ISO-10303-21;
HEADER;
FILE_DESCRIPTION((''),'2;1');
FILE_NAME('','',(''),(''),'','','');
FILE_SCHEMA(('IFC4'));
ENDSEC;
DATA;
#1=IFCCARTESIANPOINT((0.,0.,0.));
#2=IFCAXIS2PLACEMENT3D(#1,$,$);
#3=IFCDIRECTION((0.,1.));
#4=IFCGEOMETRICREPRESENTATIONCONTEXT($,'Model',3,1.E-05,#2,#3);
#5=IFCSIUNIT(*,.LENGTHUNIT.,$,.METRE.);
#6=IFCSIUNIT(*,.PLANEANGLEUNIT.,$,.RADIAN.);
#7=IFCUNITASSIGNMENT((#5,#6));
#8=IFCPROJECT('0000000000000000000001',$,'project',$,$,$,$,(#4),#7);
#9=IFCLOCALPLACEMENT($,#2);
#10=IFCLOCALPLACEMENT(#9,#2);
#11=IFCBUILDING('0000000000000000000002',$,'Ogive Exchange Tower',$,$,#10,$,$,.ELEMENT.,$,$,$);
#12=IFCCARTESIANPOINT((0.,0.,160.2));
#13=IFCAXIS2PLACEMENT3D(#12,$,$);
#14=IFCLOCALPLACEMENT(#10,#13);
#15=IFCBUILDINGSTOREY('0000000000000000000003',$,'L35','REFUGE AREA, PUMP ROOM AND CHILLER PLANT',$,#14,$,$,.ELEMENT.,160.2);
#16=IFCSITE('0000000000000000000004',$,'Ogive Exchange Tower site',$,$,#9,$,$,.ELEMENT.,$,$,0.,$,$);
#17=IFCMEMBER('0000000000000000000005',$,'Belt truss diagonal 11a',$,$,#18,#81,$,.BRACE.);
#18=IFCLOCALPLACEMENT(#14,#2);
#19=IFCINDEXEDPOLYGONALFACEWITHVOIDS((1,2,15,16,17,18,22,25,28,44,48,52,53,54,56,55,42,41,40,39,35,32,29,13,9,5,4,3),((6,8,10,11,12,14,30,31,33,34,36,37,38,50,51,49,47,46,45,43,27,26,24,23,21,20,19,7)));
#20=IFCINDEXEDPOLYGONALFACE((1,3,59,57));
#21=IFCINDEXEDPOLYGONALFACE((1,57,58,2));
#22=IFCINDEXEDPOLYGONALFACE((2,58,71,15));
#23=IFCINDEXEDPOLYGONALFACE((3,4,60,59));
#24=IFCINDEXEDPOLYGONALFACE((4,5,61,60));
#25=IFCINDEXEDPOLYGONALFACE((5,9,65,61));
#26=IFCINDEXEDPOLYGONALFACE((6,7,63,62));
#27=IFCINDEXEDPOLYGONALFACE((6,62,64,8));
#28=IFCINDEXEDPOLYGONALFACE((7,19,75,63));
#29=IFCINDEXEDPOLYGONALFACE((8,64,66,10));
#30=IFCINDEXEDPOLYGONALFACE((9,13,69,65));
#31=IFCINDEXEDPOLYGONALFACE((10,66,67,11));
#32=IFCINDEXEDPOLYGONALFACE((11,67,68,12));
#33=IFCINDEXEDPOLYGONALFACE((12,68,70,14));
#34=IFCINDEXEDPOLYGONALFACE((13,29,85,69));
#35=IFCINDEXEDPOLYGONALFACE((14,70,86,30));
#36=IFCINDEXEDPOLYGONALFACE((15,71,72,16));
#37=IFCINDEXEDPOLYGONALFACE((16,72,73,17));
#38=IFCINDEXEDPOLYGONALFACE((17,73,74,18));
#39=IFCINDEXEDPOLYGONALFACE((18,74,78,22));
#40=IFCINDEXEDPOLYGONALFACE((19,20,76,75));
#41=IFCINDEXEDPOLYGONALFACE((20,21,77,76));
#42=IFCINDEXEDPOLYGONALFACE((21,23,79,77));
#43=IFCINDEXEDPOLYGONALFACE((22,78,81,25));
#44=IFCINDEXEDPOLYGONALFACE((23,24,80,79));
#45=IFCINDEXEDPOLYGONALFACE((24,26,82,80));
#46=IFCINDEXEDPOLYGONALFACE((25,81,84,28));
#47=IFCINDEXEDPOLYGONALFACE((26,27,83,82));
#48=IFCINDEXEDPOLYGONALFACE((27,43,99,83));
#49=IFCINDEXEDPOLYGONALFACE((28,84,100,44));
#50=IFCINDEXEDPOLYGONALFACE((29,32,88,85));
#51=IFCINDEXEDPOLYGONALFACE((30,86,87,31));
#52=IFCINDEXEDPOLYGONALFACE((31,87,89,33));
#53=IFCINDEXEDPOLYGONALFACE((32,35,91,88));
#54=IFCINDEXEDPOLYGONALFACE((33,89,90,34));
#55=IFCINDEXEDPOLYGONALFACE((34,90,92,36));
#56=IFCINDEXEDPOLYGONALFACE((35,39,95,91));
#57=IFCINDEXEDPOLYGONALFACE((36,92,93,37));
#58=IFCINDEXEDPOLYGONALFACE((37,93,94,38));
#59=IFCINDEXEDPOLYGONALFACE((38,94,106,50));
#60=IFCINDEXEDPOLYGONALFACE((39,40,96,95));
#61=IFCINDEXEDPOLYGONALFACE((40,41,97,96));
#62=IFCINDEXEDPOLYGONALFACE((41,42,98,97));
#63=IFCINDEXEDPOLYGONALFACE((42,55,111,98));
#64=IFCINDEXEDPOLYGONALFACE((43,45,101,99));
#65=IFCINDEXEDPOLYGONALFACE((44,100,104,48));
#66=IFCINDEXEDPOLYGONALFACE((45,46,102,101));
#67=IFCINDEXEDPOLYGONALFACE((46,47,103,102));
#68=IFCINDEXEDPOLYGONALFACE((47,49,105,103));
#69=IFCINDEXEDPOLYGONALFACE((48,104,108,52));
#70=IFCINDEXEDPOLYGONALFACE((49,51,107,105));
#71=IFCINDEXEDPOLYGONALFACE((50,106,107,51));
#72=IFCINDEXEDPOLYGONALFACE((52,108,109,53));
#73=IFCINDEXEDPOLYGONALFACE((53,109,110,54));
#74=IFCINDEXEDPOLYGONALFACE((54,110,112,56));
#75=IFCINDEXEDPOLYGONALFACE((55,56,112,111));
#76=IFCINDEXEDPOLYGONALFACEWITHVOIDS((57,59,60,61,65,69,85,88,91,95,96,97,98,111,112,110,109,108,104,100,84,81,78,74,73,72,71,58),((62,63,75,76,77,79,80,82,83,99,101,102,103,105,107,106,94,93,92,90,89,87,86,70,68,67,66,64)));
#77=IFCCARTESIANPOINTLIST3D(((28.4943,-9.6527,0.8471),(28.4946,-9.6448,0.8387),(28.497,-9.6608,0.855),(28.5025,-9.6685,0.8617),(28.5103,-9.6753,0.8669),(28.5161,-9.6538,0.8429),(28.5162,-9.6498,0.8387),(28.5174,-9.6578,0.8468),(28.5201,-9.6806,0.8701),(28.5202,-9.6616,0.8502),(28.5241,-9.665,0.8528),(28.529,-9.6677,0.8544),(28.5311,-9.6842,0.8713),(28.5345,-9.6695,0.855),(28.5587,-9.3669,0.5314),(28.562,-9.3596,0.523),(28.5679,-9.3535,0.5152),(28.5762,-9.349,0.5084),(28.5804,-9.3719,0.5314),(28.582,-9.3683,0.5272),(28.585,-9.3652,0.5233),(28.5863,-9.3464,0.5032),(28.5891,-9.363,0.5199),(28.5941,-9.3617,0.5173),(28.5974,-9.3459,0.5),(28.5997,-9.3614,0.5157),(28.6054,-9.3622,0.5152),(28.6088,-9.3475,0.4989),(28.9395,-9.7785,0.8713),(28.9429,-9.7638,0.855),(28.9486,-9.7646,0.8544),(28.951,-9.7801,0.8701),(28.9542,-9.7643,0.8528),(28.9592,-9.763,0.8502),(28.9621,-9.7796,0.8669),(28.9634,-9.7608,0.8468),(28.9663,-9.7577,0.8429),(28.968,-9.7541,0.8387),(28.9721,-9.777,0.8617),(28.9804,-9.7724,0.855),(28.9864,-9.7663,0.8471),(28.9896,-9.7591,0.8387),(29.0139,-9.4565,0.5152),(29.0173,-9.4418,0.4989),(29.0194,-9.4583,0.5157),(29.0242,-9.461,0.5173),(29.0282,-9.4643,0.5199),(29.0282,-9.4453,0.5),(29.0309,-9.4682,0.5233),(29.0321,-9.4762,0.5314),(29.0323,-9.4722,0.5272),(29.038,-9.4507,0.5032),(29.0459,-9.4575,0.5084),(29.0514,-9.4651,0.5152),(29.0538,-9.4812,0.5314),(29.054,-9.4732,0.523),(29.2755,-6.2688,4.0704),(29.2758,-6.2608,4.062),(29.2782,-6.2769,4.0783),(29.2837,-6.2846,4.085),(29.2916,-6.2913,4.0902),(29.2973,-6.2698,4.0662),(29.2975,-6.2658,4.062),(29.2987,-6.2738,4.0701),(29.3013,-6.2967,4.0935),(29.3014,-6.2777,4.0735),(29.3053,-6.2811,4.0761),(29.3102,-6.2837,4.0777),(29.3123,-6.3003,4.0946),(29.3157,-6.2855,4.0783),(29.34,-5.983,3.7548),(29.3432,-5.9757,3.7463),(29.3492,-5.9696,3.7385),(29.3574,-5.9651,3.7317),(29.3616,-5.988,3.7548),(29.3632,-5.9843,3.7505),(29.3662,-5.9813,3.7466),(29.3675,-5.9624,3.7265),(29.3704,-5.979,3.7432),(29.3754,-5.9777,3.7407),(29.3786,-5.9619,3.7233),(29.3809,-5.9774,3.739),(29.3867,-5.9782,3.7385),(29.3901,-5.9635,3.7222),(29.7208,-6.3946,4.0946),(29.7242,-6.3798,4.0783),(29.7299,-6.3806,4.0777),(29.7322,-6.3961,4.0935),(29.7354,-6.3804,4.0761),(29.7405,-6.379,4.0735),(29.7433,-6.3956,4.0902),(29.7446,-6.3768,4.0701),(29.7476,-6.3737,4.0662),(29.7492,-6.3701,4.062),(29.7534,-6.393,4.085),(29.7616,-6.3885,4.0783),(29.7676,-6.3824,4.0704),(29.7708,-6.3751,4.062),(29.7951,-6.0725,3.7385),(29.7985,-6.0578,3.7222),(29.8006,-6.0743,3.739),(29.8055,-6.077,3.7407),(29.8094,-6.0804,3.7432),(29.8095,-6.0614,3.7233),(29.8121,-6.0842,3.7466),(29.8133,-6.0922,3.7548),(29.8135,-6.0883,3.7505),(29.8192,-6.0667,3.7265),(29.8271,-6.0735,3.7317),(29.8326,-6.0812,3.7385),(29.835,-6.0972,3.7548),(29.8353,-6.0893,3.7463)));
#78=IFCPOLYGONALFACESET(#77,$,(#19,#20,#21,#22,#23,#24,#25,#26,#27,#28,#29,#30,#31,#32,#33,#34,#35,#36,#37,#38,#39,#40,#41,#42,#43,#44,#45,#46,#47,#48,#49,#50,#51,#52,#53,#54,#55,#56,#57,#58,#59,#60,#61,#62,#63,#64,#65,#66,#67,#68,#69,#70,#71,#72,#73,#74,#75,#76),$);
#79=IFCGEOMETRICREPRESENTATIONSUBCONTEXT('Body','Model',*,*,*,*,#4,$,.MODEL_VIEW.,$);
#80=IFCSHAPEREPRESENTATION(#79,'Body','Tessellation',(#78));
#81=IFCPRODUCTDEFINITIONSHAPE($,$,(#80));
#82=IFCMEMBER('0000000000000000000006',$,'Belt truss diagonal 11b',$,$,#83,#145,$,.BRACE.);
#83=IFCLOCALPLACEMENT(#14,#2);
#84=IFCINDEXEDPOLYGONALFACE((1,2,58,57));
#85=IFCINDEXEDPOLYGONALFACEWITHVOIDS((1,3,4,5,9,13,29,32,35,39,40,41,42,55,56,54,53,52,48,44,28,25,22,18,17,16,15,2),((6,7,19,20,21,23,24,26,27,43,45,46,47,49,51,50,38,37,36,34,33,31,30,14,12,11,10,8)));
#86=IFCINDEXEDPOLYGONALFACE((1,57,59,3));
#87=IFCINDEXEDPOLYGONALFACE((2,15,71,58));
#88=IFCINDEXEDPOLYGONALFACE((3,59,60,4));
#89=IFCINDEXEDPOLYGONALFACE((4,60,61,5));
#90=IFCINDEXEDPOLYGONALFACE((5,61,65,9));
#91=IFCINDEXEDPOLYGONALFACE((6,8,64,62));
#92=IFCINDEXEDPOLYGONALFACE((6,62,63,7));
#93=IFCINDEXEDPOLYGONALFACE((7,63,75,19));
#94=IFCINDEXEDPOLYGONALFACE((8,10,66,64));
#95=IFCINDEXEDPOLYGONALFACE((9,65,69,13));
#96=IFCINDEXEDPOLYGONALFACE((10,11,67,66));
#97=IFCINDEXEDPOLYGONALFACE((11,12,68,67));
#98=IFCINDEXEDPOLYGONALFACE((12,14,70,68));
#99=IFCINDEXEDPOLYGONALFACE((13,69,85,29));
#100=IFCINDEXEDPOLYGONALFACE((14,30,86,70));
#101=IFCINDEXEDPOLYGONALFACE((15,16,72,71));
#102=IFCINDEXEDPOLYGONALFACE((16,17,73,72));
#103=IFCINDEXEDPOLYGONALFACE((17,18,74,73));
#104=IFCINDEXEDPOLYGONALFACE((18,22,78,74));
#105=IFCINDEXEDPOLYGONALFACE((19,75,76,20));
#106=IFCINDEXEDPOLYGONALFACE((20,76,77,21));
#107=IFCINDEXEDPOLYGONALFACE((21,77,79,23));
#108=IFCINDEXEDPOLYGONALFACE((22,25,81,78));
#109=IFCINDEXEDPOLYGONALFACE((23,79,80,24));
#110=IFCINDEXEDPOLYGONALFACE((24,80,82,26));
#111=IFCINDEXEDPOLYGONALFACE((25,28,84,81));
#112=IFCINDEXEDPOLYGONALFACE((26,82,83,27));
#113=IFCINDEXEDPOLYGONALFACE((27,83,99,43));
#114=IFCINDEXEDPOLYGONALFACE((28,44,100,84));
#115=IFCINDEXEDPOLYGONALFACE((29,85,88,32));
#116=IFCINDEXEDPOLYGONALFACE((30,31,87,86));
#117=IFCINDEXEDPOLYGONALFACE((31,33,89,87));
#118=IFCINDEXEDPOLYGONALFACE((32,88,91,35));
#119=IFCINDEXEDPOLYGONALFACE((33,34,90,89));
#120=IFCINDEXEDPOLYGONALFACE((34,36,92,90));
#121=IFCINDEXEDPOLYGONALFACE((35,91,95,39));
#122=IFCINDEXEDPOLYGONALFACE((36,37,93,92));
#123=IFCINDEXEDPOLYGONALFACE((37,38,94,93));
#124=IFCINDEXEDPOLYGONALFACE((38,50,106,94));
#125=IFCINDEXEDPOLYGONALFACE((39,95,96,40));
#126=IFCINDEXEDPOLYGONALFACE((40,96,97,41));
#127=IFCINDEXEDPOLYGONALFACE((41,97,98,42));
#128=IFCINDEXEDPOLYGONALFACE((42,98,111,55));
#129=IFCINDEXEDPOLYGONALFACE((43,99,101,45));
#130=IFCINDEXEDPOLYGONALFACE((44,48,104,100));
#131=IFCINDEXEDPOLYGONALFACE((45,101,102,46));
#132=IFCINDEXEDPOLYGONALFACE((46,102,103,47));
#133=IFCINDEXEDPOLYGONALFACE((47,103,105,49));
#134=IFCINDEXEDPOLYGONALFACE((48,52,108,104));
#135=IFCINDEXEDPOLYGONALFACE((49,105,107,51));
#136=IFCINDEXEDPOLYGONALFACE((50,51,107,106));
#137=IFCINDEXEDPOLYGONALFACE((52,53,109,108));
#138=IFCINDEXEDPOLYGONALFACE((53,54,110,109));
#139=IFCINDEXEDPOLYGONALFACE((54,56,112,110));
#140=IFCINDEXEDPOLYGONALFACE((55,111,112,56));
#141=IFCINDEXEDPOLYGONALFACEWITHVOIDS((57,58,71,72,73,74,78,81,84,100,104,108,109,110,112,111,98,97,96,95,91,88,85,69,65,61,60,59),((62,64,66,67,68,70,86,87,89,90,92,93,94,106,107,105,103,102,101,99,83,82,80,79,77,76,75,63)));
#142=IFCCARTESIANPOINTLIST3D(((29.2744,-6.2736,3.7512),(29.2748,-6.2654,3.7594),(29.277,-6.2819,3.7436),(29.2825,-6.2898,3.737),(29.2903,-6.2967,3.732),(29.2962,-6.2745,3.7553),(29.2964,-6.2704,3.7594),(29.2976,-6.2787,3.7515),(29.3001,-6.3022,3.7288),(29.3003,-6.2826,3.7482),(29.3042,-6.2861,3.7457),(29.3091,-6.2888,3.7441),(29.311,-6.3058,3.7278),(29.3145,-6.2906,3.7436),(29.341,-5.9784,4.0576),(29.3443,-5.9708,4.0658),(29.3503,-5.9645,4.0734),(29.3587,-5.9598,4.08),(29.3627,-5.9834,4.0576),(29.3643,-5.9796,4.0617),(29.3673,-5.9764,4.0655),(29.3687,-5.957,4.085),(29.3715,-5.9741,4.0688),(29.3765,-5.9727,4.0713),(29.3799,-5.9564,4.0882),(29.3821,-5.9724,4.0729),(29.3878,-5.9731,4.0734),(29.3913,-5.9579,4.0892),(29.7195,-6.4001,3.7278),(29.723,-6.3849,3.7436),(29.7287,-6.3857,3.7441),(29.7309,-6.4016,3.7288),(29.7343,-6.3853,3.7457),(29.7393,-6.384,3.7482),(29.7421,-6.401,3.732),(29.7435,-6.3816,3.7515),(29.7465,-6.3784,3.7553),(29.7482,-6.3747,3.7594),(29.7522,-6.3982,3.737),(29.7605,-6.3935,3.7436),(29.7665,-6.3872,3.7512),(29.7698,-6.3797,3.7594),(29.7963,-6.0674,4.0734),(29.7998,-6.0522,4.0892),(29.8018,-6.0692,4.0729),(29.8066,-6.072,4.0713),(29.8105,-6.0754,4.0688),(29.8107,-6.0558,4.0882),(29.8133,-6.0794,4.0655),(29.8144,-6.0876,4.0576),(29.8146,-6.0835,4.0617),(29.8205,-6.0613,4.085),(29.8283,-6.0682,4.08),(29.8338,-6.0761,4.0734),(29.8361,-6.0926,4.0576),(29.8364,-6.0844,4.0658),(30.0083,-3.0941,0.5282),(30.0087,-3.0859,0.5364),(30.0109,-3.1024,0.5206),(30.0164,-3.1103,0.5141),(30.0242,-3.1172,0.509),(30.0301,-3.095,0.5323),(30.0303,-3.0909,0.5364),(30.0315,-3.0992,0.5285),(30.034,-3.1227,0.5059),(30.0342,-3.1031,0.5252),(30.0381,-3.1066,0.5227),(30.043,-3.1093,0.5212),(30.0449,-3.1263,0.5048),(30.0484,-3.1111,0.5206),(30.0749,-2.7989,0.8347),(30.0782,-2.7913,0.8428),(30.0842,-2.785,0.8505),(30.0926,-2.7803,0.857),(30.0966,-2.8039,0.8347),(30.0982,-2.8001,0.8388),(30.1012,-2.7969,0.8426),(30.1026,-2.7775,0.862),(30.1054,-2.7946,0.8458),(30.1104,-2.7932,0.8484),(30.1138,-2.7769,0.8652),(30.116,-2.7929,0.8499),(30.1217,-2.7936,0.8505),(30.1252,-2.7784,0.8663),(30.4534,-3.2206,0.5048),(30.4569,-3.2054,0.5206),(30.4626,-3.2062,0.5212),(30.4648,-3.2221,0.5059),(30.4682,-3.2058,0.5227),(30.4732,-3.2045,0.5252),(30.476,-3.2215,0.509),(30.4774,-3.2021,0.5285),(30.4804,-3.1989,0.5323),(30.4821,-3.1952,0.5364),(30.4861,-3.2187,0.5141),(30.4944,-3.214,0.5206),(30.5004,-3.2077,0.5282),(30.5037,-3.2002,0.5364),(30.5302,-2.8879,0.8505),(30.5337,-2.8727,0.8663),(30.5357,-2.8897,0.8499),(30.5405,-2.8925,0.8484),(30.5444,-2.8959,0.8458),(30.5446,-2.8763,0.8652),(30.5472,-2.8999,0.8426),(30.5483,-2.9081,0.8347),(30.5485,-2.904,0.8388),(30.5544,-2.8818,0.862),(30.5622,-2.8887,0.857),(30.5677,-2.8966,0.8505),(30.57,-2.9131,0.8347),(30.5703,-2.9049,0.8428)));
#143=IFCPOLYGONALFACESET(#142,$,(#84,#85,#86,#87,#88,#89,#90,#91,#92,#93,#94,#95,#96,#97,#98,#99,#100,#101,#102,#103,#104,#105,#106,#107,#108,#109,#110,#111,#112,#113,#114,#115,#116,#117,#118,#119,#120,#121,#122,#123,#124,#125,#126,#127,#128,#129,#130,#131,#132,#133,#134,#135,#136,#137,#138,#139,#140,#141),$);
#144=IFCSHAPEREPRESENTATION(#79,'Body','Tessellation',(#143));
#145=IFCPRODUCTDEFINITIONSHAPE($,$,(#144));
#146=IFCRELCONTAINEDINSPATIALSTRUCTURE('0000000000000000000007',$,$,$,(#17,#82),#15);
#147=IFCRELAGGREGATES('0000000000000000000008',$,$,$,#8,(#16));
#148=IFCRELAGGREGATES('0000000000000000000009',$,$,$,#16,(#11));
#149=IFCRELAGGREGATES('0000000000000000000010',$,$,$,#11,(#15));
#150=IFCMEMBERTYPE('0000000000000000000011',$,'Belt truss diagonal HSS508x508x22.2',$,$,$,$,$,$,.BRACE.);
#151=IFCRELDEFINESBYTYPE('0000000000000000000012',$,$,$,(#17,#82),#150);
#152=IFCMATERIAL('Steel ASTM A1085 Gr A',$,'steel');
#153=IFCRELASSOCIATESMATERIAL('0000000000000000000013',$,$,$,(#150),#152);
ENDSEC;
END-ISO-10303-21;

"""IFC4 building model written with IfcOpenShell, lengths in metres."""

from ifc_helpers import new_model, si_unit, direction, frame, origin, origin_2d, place, context, subcontext, project, spatial, hollow_rectangle, extrude, material, material_profile, profile_set, type_object, element, save


model = new_model("IFC4")

# Units and contexts
model_context = context("Model", 3, precision=1e-05, world=origin(), true_north=direction((0.0, 1.0)))
body_context = subcontext(model_context, "Body", "Model", "MODEL_VIEW")
ifc_project = project(units=[si_unit("LENGTHUNIT", "METRE"), si_unit("PLANEANGLEUNIT", "RADIAN")], contexts=[model_context])

# Site, building, storey
site_placement = place(None, origin())
site = spatial("IfcSite", under=ifc_project, at=site_placement, Name="Ogive Exchange Tower site", CompositionType="ELEMENT", RefElevation=0.0)
building_placement = place(site_placement, origin())
building = spatial("IfcBuilding", under=site, at=building_placement, Name="Ogive Exchange Tower", CompositionType="ELEMENT")
storey_placement = place(building_placement, frame((0.0, 0.0, 160.2)))
storey = spatial("IfcBuildingStorey", under=building, at=storey_placement, Name="L35", Description="REFUGE AREA, PUMP ROOM AND CHILLER PLANT", CompositionType="ELEMENT", Elevation=160.2)

# Members
ifc_material_1 = material(Name="Steel ASTM A1085 Gr A", Category="steel")
ifc_material_profile_1 = material_profile(ifc_material_1, hollow_rectangle(XDim=0.5081, YDim=0.5081, WallThickness=0.0222, InnerFilletRadius=0.0222, OuterFilletRadius=0.0444, at=origin_2d()), Name="HSS508x508x22.2")
ifc_profile_set_1 = profile_set([ifc_material_profile_1], Name="Steel ASTM A1085 Gr A")
member_type_1 = type_object("IfcMemberType", Name="Belt truss diagonal HSS508x508x22.2", PredefinedType="BRACE", material=ifc_profile_set_1)
member_1_placement = place(storey_placement, frame((28.7742, -9.563, 0.6851), z_axis=(0.164877, 0.714175, 0.680272), x_axis=(-0.974371, 0.224947, 0.0)))
element("IfcMember", 1, at=member_1_placement, inside=storey, type_object=member_type_1, Name="Belt truss diagonal 11a", PredefinedType="BRACE", context=body_context, shape_type="SweptSolid", body=[
    extrude(hollow_rectangle(XDim=0.5081, YDim=0.5081, WallThickness=0.0222, InnerFilletRadius=0.0222, OuterFilletRadius=0.0444, at=origin_2d()), origin(), (0.0, 0.0, 1.0), 4.7383),
])
member_2_placement = place(storey_placement, frame((30.2893, -2.9995, 0.6855), z_axis=(-0.160016, -0.693242, 0.702717), x_axis=(0.97438, -0.224909, 0.0)))
element("IfcMember", 2, at=member_2_placement, inside=storey, type_object=member_type_1, Name="Belt truss diagonal 11b", PredefinedType="BRACE", context=body_context, shape_type="SweptSolid", body=[
    extrude(hollow_rectangle(XDim=0.5081, YDim=0.5081, WallThickness=0.0222, InnerFilletRadius=0.0222, OuterFilletRadius=0.0444, at=origin_2d()), origin(), (0.0, 0.0, 1.0), 4.5864),
])

save(model, "model.ifc")
